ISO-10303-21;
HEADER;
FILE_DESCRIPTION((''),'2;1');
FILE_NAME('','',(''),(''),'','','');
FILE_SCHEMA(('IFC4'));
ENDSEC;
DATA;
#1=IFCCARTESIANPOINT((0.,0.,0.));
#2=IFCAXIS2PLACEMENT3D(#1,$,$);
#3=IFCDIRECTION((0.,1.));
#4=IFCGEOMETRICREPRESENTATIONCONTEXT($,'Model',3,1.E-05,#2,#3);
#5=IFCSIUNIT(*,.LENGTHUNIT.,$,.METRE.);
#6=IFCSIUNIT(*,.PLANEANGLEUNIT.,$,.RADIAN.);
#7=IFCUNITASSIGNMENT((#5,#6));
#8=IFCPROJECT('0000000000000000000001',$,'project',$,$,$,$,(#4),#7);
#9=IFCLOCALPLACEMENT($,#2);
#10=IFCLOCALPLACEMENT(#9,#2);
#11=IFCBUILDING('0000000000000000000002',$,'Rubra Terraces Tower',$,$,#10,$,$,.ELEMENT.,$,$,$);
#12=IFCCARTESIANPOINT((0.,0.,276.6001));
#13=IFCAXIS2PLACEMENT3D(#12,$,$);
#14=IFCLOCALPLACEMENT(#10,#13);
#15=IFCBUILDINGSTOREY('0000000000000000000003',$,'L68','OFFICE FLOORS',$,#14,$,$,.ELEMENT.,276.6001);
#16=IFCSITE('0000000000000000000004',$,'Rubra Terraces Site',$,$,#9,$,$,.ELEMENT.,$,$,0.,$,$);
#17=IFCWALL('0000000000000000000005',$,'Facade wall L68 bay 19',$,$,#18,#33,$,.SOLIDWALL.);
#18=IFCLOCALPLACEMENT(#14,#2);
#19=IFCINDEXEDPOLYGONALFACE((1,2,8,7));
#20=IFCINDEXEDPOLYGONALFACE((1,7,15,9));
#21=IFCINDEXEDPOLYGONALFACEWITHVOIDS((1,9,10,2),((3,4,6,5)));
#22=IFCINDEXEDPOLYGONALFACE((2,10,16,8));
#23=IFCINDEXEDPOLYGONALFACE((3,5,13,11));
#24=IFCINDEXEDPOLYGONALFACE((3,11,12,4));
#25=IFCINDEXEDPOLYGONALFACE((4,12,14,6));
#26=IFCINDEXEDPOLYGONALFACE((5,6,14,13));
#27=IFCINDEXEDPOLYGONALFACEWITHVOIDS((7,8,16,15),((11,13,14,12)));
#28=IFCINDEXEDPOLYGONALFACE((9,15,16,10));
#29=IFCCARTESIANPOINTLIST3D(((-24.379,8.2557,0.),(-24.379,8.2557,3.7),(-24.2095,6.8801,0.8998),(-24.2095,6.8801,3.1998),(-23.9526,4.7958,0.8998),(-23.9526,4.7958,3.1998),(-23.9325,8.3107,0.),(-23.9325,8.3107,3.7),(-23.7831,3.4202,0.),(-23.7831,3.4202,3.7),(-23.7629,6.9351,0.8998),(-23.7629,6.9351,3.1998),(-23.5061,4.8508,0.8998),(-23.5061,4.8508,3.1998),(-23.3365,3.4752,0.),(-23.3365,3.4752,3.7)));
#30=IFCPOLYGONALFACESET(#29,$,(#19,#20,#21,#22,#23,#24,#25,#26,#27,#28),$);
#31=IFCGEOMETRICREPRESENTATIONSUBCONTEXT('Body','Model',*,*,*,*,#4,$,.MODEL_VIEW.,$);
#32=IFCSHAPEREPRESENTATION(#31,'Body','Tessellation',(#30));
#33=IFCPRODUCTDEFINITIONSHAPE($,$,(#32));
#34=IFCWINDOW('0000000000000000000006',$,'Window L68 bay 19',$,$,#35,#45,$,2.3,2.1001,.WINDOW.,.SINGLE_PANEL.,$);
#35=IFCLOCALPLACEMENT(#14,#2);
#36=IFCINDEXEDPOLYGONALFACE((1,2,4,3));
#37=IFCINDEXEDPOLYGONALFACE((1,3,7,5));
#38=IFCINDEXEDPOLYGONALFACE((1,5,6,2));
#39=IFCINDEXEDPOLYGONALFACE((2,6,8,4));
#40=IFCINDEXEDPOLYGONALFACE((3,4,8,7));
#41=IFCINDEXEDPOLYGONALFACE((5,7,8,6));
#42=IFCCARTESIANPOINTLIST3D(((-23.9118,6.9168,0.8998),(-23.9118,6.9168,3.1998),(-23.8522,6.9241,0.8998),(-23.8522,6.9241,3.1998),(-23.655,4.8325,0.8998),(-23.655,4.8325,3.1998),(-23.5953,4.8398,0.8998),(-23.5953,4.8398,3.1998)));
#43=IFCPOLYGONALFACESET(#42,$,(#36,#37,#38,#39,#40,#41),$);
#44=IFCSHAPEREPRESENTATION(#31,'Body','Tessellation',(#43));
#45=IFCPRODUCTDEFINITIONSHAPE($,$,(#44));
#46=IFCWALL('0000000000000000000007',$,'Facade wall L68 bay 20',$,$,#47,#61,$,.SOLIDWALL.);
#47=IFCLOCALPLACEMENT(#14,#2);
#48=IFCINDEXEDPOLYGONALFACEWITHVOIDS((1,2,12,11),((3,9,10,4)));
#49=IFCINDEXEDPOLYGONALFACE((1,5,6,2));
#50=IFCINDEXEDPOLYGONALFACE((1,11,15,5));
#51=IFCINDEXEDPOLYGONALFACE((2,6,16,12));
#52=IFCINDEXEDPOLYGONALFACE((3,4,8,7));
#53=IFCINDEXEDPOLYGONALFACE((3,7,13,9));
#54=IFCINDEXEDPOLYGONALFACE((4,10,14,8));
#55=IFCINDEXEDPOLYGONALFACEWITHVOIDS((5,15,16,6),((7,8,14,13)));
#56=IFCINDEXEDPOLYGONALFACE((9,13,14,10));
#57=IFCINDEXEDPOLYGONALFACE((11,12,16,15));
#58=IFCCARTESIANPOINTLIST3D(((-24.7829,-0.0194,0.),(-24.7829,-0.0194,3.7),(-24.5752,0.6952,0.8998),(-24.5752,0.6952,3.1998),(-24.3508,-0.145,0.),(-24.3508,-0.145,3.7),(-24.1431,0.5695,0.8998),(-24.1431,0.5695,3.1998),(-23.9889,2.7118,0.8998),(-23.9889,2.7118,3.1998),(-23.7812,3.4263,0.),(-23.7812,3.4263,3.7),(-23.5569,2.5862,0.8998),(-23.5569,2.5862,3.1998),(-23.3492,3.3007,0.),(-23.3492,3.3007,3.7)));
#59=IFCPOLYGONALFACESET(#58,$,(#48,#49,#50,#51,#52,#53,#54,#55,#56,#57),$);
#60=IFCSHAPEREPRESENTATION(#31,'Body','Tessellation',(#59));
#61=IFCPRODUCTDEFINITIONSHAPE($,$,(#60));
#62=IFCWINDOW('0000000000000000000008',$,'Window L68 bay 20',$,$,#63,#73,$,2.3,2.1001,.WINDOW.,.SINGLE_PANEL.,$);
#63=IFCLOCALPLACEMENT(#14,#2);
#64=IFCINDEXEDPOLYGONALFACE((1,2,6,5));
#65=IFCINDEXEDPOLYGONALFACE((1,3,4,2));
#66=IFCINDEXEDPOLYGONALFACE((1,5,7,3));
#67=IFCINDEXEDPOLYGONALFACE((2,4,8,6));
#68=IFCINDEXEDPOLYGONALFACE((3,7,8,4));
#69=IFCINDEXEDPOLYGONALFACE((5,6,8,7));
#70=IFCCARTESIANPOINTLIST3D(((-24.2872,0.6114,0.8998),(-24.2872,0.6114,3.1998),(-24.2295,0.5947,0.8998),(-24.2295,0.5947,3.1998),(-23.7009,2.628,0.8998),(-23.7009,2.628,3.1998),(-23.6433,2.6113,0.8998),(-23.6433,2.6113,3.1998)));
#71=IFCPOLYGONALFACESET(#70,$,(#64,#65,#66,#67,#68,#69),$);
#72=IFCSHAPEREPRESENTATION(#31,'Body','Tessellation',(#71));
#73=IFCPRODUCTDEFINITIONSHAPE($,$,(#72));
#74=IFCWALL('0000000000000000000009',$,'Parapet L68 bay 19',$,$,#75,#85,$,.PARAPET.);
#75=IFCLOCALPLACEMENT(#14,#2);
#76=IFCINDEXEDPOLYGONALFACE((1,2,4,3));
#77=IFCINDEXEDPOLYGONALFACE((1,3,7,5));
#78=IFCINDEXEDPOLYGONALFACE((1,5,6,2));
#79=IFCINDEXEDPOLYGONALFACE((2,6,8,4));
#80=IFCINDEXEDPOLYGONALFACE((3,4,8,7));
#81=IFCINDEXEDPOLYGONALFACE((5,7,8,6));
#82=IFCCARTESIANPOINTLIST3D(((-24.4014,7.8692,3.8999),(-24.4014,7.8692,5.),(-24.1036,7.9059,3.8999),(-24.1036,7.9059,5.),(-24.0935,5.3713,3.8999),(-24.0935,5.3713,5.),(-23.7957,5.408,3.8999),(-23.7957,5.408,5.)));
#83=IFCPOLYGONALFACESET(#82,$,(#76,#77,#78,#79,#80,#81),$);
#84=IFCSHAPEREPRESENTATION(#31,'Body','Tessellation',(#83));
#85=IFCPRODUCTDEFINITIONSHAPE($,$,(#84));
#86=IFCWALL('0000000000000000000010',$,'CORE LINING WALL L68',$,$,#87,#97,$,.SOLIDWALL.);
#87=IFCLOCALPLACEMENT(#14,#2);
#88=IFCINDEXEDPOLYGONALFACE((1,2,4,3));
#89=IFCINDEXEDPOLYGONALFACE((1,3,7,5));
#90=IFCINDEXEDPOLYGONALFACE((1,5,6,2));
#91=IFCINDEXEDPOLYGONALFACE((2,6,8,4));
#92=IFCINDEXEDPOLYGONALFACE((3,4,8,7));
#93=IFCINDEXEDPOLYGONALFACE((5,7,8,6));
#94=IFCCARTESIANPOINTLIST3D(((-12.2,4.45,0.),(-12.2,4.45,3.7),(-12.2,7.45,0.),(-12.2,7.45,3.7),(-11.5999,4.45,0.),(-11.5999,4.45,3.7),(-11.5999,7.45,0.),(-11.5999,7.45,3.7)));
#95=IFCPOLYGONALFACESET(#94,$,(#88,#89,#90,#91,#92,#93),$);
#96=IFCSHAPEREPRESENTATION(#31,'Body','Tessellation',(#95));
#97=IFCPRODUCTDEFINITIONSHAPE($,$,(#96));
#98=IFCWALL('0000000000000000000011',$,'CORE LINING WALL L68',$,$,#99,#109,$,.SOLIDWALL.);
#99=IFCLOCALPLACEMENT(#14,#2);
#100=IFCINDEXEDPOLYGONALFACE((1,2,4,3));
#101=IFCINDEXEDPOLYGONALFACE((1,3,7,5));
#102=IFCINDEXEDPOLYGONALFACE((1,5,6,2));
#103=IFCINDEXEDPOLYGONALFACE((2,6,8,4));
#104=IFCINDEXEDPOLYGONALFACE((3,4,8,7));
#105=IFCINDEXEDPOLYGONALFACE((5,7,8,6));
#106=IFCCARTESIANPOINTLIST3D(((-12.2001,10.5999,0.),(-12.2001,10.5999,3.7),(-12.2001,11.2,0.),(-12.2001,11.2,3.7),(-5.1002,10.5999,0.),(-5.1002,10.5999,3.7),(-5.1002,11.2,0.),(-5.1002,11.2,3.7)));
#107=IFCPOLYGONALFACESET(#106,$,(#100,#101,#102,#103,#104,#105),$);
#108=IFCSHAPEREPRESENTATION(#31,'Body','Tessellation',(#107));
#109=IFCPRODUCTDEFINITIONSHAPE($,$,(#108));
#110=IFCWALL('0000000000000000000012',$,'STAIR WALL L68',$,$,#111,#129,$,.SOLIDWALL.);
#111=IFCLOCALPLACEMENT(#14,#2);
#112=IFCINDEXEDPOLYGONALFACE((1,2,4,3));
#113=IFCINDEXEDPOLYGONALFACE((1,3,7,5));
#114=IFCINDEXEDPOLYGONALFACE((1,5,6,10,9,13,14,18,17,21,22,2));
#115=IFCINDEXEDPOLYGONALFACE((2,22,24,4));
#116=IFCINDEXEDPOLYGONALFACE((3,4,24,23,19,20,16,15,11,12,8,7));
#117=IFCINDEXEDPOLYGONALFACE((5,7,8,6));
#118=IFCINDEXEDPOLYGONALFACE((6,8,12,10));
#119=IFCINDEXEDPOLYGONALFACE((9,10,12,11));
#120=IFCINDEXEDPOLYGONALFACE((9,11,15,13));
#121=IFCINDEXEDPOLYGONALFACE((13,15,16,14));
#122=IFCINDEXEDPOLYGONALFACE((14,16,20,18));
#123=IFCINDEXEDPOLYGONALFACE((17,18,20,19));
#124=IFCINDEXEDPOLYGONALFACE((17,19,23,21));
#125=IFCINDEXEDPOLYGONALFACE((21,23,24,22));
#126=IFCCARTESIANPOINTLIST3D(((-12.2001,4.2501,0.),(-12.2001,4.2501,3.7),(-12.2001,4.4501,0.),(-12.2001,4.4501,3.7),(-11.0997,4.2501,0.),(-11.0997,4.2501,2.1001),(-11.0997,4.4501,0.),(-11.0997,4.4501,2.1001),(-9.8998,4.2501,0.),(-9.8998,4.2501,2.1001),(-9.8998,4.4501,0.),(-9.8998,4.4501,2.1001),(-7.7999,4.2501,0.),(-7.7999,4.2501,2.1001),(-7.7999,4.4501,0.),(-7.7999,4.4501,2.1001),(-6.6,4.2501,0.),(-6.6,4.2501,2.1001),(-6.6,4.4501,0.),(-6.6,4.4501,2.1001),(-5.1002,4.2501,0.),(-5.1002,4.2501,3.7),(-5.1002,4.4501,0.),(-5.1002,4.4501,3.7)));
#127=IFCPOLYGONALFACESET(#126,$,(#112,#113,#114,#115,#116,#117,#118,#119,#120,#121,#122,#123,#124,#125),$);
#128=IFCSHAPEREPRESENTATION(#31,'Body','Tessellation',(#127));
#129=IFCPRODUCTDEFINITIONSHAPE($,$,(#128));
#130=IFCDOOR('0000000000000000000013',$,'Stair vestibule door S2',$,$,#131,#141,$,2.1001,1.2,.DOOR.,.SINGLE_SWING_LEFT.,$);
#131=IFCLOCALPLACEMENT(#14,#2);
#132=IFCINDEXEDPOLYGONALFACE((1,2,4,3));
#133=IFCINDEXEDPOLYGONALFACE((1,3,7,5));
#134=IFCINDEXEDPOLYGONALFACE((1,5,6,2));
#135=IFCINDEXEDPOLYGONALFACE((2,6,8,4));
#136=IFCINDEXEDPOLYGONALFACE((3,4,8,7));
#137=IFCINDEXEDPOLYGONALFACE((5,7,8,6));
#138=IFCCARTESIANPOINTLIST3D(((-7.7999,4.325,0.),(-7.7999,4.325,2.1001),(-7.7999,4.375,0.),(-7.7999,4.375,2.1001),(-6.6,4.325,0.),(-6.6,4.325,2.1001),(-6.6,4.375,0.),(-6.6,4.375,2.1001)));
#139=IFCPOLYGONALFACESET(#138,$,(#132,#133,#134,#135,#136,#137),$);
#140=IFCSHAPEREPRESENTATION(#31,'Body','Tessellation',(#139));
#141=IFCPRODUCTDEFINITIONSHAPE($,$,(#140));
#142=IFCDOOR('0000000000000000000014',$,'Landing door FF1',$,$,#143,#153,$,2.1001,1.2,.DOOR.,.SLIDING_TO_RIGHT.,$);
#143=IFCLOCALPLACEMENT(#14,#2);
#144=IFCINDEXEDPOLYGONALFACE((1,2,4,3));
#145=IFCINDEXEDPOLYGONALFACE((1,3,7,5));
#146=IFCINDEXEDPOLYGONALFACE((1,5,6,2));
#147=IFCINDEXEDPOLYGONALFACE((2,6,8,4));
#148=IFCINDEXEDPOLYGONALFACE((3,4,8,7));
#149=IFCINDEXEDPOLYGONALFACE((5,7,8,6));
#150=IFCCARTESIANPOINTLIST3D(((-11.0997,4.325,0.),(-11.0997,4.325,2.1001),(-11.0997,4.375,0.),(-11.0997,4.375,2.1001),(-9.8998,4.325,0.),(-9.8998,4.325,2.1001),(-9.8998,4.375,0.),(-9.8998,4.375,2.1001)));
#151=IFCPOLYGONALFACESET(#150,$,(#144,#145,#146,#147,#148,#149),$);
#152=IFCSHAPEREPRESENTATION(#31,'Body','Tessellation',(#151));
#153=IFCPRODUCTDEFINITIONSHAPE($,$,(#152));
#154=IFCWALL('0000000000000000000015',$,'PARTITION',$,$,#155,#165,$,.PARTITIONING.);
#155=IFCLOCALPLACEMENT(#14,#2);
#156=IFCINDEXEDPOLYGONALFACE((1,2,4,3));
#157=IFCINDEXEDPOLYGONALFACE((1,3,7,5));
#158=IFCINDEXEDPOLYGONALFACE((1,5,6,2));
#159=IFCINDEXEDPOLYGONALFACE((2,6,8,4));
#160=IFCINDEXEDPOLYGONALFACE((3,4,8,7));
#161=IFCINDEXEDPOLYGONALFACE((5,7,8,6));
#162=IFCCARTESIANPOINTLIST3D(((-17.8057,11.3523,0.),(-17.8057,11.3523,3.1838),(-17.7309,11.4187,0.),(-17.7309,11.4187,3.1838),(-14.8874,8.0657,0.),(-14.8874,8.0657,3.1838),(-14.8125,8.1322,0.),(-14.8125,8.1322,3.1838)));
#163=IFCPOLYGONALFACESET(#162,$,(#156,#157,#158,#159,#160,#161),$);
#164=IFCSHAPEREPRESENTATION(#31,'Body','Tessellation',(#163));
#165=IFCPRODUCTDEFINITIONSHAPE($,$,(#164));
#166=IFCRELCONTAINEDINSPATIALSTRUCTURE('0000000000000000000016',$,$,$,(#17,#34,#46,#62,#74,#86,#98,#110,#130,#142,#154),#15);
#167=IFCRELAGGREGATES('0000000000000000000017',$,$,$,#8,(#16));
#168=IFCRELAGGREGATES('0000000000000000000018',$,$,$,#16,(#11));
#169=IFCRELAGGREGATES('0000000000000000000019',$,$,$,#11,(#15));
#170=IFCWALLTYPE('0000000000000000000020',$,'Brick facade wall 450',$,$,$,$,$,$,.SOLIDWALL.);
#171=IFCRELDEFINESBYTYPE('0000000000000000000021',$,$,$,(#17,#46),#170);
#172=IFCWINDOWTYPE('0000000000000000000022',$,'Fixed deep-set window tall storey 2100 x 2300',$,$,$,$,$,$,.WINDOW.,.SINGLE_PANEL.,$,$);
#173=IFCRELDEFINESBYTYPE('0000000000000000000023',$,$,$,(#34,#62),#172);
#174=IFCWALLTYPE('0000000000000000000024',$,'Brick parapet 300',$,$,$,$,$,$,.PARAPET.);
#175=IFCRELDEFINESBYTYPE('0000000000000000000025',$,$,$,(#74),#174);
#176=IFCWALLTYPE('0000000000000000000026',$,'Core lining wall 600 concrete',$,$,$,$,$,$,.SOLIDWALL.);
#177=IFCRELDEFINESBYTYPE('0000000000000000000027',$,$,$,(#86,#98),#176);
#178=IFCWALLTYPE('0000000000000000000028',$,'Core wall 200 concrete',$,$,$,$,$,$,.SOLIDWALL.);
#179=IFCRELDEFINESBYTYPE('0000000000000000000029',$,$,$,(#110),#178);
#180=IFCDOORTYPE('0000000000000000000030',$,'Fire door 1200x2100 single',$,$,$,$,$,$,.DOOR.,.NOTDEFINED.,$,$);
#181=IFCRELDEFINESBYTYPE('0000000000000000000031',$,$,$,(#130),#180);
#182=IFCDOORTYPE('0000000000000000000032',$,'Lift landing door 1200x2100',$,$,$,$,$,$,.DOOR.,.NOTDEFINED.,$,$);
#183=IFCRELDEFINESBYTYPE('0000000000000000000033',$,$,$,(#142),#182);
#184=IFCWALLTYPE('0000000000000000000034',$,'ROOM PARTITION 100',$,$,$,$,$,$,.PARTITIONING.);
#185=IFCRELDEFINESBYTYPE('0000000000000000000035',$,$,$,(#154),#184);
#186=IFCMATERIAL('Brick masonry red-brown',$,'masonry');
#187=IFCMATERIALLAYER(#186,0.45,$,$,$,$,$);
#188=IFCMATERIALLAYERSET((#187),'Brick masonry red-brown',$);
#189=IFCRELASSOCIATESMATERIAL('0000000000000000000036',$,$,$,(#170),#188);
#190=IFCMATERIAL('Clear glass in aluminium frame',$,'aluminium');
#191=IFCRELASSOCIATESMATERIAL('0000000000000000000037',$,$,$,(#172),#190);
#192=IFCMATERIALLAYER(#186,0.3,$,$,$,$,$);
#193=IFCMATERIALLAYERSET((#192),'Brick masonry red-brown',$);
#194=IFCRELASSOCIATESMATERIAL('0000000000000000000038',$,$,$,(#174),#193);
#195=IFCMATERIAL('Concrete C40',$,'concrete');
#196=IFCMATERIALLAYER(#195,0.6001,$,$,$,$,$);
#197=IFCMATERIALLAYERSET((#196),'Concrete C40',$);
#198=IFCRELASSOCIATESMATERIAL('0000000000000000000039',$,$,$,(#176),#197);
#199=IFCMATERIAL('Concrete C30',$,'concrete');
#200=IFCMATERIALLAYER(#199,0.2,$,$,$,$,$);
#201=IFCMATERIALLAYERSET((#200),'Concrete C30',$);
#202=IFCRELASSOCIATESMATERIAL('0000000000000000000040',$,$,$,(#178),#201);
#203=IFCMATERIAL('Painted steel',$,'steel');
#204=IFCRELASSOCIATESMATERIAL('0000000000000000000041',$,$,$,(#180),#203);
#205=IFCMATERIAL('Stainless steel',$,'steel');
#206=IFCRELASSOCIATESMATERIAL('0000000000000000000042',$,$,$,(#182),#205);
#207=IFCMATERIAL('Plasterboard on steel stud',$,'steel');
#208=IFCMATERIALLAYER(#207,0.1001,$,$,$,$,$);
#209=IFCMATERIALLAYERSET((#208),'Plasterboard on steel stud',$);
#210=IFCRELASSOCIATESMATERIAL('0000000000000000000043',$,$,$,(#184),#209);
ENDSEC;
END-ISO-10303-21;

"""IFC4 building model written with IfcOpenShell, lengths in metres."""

from ifc_helpers import new_model, si_unit, direction, frame, frame_2d, origin, place, context, subcontext, project, spatial, rectangle, extrude, material, layer, layer_set, type_object, element, fill, save


model = new_model("IFC4")

# Units and contexts
model_context = context("Model", 3, precision=1e-05, world=origin(), true_north=direction((0.0, 1.0)))
body_context = subcontext(model_context, "Body", "Model", "MODEL_VIEW")
ifc_project = project(units=[si_unit("LENGTHUNIT", "METRE"), si_unit("PLANEANGLEUNIT", "RADIAN")], contexts=[model_context])

# Site, building, storey
site_placement = place(None, origin())
site = spatial("IfcSite", under=ifc_project, at=site_placement, Name="Rubra Terraces Site", CompositionType="ELEMENT", RefElevation=0.0)
building_placement = place(site_placement, origin())
building = spatial("IfcBuilding", under=site, at=building_placement, Name="Rubra Terraces Tower", CompositionType="ELEMENT")
storey_placement = place(building_placement, frame((0.0, 0.0, 276.6001)))
storey = spatial("IfcBuildingStorey", under=building, at=storey_placement, Name="L68", Description="OFFICE FLOORS", CompositionType="ELEMENT", Elevation=276.6001)

# Walls, openings, windows
ifc_material_1 = material(Name="Brick masonry red-brown", Category="masonry")
ifc_layer_1 = layer(ifc_material_1, 0.45)
ifc_layer_set_1 = layer_set([ifc_layer_1], Name="Brick masonry red-brown")
wall_type_1 = type_object("IfcWallType", Name="Brick facade wall 450", PredefinedType="SOLIDWALL", material=ifc_layer_set_1)
wall_1_placement = place(storey_placement, frame((-24.1558, 8.2832, 0.0), z_axis=(0.0, 0.0, 1.0), x_axis=(0.12232, -0.992491, 0.0)))
wall_1 = element("IfcWall", 1, at=wall_1_placement, inside=storey, type_object=wall_type_1, Name="Facade wall L68 bay 19", PredefinedType="SOLIDWALL", context=body_context, shape_type="SweptSolid", body=[
    extrude(rectangle(XDim=4.8721, YDim=0.45, at=frame_2d((2.436, 0.0))), origin(), (0.0, 0.0, 1.0), 3.7),
])
opening_1_placement = place(wall_1_placement, frame((1.386, 0.0, 0.8999)))
opening_1 = element("IfcOpeningElement", 2, at=opening_1_placement, cuts=wall_1, PredefinedType="OPENING", context=body_context, shape_type="SweptSolid", body=[
    extrude(rectangle(XDim=2.1001, YDim=2.3, at=frame_2d((1.05, 1.1499))), frame((0.0, 0.2349, 0.0), z_axis=(0.0, -1.0, 0.0), x_axis=(1.0, 0.0, 0.0)), (0.0, 0.0, 1.0), 0.47),
])
ifc_material_2 = material(Name="Clear glass in aluminium frame", Category="aluminium")
window_type = type_object("IfcWindowType", Name="Fixed deep-set window tall storey 2100 x 2300", PartitioningType="SINGLE_PANEL", PredefinedType="WINDOW", material=ifc_material_2)
window_1_placement = place(opening_1_placement, origin())
window_1 = element("IfcWindow", 3, at=window_1_placement, inside=storey, type_object=window_type, Name="Window L68 bay 19", OverallHeight=2.3, OverallWidth=2.1001, PartitioningType="SINGLE_PANEL", PredefinedType="WINDOW", context=body_context, shape_type="SweptSolid", body=[
    extrude(rectangle(XDim=2.1001, YDim=2.3, at=frame_2d((1.05, 1.1499))), frame((0.0, 0.135, 0.0), z_axis=(0.0, -1.0, 0.0), x_axis=(1.0, 0.0, 0.0)), (0.0, 0.0, 1.0), 0.0601),
])
fill(opening_1, window_1)
wall_2_placement = place(storey_placement, frame((-23.5652, 3.3635, 0.0), z_axis=(0.0, 0.0, 1.0), x_axis=(-0.279148, -0.960248, 0.0)))
wall_2 = element("IfcWall", 4, at=wall_2_placement, inside=storey, type_object=wall_type_1, Name="Facade wall L68 bay 20", PredefinedType="SOLIDWALL", context=body_context, shape_type="SweptSolid", body=[
    extrude(rectangle(XDim=3.5884, YDim=0.45, at=frame_2d((1.7942, 0.0))), origin(), (0.0, 0.0, 1.0), 3.7),
])
opening_2_placement = place(wall_2_placement, frame((0.7441, 0.0, 0.8999)))
opening_2 = element("IfcOpeningElement", 5, at=opening_2_placement, cuts=wall_2, PredefinedType="OPENING", context=body_context, shape_type="SweptSolid", body=[
    extrude(rectangle(XDim=2.1001, YDim=2.3, at=frame_2d((1.05, 1.1499))), frame((0.0, 0.2349, 0.0), z_axis=(0.0, -1.0, 0.0), x_axis=(1.0, 0.0, 0.0)), (0.0, 0.0, 1.0), 0.47),
])
window_2_placement = place(opening_2_placement, origin())
window_2 = element("IfcWindow", 6, at=window_2_placement, inside=storey, type_object=window_type, Name="Window L68 bay 20", OverallHeight=2.3, OverallWidth=2.1001, PartitioningType="SINGLE_PANEL", PredefinedType="WINDOW", context=body_context, shape_type="SweptSolid", body=[
    extrude(rectangle(XDim=2.1001, YDim=2.3, at=frame_2d((1.05, 1.1499))), frame((0.0, 0.135, 0.0), z_axis=(0.0, -1.0, 0.0), x_axis=(1.0, 0.0, 0.0)), (0.0, 0.0, 1.0), 0.0601),
])
fill(opening_2, window_2)

# Walls
ifc_layer_2 = layer(ifc_material_1, 0.3)
ifc_layer_set_2 = layer_set([ifc_layer_2], Name="Brick masonry red-brown")
wall_type_2 = type_object("IfcWallType", Name="Brick parapet 300", PredefinedType="PARAPET", material=ifc_layer_set_2)
wall_3_placement = place(storey_placement, frame((-24.2524, 7.8875, 3.8999), z_axis=(0.0, 0.0, 1.0), x_axis=(0.122315, -0.992491, 0.0)))
element("IfcWall", 7, at=wall_3_placement, inside=storey, type_object=wall_type_2, Name="Parapet L68 bay 19", PredefinedType="PARAPET", context=body_context, shape_type="SweptSolid", body=[
    extrude(rectangle(XDim=2.5168, YDim=0.3, at=frame_2d((1.2583, 0.0))), origin(), (0.0, 0.0, 1.0), 1.1001),
])
ifc_material_3 = material(Name="Concrete C40", Category="concrete")
ifc_layer_3 = layer(ifc_material_3, 0.6001)
ifc_layer_set_3 = layer_set([ifc_layer_3], Name="Concrete C40")
wall_type_3 = type_object("IfcWallType", Name="Core lining wall 600 concrete", PredefinedType="SOLIDWALL", material=ifc_layer_set_3)
wall_4_placement = place(storey_placement, frame((-11.8999, 4.45, 0.0), z_axis=(0.0, 0.0, 1.0), x_axis=(0.0, 1.0, 0.0)))
element("IfcWall", 8, at=wall_4_placement, inside=storey, type_object=wall_type_3, Name="CORE LINING WALL L68", PredefinedType="SOLIDWALL", context=body_context, shape_type="SweptSolid", body=[
    extrude(rectangle(XDim=3.0, YDim=0.6001, at=frame_2d((1.5, 0.0))), origin(), (0.0, 0.0, 1.0), 3.7),
])
wall_5_placement = place(storey_placement, frame((-12.2, 10.8999, 0.0), z_axis=(0.0, 0.0, 1.0), x_axis=(1.0, 0.0, 0.0)))
element("IfcWall", 9, at=wall_5_placement, inside=storey, type_object=wall_type_3, Name="CORE LINING WALL L68", PredefinedType="SOLIDWALL", context=body_context, shape_type="SweptSolid", body=[
    extrude(rectangle(XDim=7.0999, YDim=0.6001, at=frame_2d((3.5498, 0.0))), origin(), (0.0, 0.0, 1.0), 3.7),
])

# Wall, openings, doors
ifc_material_4 = material(Name="Concrete C30", Category="concrete")
ifc_layer_4 = layer(ifc_material_4, 0.2)
ifc_layer_set_4 = layer_set([ifc_layer_4], Name="Concrete C30")
wall_type_4 = type_object("IfcWallType", Name="Core wall 200 concrete", PredefinedType="SOLIDWALL", material=ifc_layer_set_4)
wall_6_placement = place(storey_placement, frame((-12.2, 4.3501, 0.0), z_axis=(0.0, 0.0, 1.0), x_axis=(1.0, 0.0, 0.0)))
wall_6 = element("IfcWall", 10, at=wall_6_placement, inside=storey, type_object=wall_type_4, Name="STAIR WALL L68", PredefinedType="SOLIDWALL", context=body_context, shape_type="SweptSolid", body=[
    extrude(rectangle(XDim=7.0999, YDim=0.2, at=frame_2d((3.5498, 0.0))), origin(), (0.0, 0.0, 1.0), 3.7),
])
opening_3_placement = place(wall_6_placement, frame((4.3999, 0.0, 0.0)))
opening_3 = element("IfcOpeningElement", 11, at=opening_3_placement, cuts=wall_6, PredefinedType="OPENING", context=body_context, shape_type="SweptSolid", body=[
    extrude(rectangle(XDim=1.2, YDim=2.1001, at=frame_2d((0.6001, 1.05))), frame((0.0, 0.1099, 0.0), z_axis=(0.0, -1.0, 0.0), x_axis=(1.0, 0.0, 0.0)), (0.0, 0.0, 1.0), 0.22),
])
opening_4_placement = place(wall_6_placement, frame((1.1001, 0.0, 0.0)))
opening_4 = element("IfcOpeningElement", 12, at=opening_4_placement, cuts=wall_6, PredefinedType="OPENING", context=body_context, shape_type="SweptSolid", body=[
    extrude(rectangle(XDim=1.2, YDim=2.1001, at=frame_2d((0.6001, 1.05))), frame((0.0, 0.1099, 0.0), z_axis=(0.0, -1.0, 0.0), x_axis=(1.0, 0.0, 0.0)), (0.0, 0.0, 1.0), 0.22),
])
ifc_material_5 = material(Name="Painted steel", Category="steel")
door_type_1 = type_object("IfcDoorType", Name="Fire door 1200x2100 single", OperationType="NOTDEFINED", PredefinedType="DOOR", material=ifc_material_5)
door_1_placement = place(opening_3_placement, origin())
door_1 = element("IfcDoor", 13, at=door_1_placement, inside=storey, type_object=door_type_1, Name="Stair vestibule door S2", OperationType="SINGLE_SWING_LEFT", OverallHeight=2.1001, OverallWidth=1.2, PredefinedType="DOOR", context=body_context, shape_type="SweptSolid", body=[
    extrude(rectangle(XDim=1.2, YDim=2.1001, at=frame_2d((0.6001, 1.05))), frame((0.0, 0.0249, 0.0), z_axis=(0.0, -1.0, 0.0), x_axis=(1.0, 0.0, 0.0)), (0.0, 0.0, 1.0), 0.05),
])
fill(opening_3, door_1)
ifc_material_6 = material(Name="Stainless steel", Category="steel")
door_type_2 = type_object("IfcDoorType", Name="Lift landing door 1200x2100", OperationType="NOTDEFINED", PredefinedType="DOOR", material=ifc_material_6)
door_2_placement = place(opening_4_placement, origin())
door_2 = element("IfcDoor", 14, at=door_2_placement, inside=storey, type_object=door_type_2, Name="Landing door FF1", OperationType="SLIDING_TO_RIGHT", OverallHeight=2.1001, OverallWidth=1.2, PredefinedType="DOOR", context=body_context, shape_type="SweptSolid", body=[
    extrude(rectangle(XDim=1.2, YDim=2.1001, at=frame_2d((0.6001, 1.05))), frame((0.0, 0.0249, 0.0), z_axis=(0.0, -1.0, 0.0), x_axis=(1.0, 0.0, 0.0)), (0.0, 0.0, 1.0), 0.05),
])
fill(opening_4, door_2)

# Wall
ifc_material_7 = material(Name="Plasterboard on steel stud", Category="steel")
ifc_layer_5 = layer(ifc_material_7, 0.1001)
ifc_layer_set_5 = layer_set([ifc_layer_5], Name="Plasterboard on steel stud")
wall_type_5 = type_object("IfcWallType", Name="ROOM PARTITION 100", PredefinedType="PARTITIONING", material=ifc_layer_set_5)
wall_7_placement = place(storey_placement, frame((-14.8499, 8.0989, 0.0), z_axis=(0.0, 0.0, 1.0), x_axis=(-0.663985, 0.747746, 0.0)))
element("IfcWall", 15, at=wall_7_placement, inside=storey, type_object=wall_type_5, Name="PARTITION", PredefinedType="PARTITIONING", context=body_context, shape_type="SweptSolid", body=[
    extrude(rectangle(XDim=4.3953, YDim=0.1001, at=frame_2d((2.1978, 0.0))), origin(), (0.0, 0.0, 1.0), 3.1838),
])

save(model, "model.ifc")
